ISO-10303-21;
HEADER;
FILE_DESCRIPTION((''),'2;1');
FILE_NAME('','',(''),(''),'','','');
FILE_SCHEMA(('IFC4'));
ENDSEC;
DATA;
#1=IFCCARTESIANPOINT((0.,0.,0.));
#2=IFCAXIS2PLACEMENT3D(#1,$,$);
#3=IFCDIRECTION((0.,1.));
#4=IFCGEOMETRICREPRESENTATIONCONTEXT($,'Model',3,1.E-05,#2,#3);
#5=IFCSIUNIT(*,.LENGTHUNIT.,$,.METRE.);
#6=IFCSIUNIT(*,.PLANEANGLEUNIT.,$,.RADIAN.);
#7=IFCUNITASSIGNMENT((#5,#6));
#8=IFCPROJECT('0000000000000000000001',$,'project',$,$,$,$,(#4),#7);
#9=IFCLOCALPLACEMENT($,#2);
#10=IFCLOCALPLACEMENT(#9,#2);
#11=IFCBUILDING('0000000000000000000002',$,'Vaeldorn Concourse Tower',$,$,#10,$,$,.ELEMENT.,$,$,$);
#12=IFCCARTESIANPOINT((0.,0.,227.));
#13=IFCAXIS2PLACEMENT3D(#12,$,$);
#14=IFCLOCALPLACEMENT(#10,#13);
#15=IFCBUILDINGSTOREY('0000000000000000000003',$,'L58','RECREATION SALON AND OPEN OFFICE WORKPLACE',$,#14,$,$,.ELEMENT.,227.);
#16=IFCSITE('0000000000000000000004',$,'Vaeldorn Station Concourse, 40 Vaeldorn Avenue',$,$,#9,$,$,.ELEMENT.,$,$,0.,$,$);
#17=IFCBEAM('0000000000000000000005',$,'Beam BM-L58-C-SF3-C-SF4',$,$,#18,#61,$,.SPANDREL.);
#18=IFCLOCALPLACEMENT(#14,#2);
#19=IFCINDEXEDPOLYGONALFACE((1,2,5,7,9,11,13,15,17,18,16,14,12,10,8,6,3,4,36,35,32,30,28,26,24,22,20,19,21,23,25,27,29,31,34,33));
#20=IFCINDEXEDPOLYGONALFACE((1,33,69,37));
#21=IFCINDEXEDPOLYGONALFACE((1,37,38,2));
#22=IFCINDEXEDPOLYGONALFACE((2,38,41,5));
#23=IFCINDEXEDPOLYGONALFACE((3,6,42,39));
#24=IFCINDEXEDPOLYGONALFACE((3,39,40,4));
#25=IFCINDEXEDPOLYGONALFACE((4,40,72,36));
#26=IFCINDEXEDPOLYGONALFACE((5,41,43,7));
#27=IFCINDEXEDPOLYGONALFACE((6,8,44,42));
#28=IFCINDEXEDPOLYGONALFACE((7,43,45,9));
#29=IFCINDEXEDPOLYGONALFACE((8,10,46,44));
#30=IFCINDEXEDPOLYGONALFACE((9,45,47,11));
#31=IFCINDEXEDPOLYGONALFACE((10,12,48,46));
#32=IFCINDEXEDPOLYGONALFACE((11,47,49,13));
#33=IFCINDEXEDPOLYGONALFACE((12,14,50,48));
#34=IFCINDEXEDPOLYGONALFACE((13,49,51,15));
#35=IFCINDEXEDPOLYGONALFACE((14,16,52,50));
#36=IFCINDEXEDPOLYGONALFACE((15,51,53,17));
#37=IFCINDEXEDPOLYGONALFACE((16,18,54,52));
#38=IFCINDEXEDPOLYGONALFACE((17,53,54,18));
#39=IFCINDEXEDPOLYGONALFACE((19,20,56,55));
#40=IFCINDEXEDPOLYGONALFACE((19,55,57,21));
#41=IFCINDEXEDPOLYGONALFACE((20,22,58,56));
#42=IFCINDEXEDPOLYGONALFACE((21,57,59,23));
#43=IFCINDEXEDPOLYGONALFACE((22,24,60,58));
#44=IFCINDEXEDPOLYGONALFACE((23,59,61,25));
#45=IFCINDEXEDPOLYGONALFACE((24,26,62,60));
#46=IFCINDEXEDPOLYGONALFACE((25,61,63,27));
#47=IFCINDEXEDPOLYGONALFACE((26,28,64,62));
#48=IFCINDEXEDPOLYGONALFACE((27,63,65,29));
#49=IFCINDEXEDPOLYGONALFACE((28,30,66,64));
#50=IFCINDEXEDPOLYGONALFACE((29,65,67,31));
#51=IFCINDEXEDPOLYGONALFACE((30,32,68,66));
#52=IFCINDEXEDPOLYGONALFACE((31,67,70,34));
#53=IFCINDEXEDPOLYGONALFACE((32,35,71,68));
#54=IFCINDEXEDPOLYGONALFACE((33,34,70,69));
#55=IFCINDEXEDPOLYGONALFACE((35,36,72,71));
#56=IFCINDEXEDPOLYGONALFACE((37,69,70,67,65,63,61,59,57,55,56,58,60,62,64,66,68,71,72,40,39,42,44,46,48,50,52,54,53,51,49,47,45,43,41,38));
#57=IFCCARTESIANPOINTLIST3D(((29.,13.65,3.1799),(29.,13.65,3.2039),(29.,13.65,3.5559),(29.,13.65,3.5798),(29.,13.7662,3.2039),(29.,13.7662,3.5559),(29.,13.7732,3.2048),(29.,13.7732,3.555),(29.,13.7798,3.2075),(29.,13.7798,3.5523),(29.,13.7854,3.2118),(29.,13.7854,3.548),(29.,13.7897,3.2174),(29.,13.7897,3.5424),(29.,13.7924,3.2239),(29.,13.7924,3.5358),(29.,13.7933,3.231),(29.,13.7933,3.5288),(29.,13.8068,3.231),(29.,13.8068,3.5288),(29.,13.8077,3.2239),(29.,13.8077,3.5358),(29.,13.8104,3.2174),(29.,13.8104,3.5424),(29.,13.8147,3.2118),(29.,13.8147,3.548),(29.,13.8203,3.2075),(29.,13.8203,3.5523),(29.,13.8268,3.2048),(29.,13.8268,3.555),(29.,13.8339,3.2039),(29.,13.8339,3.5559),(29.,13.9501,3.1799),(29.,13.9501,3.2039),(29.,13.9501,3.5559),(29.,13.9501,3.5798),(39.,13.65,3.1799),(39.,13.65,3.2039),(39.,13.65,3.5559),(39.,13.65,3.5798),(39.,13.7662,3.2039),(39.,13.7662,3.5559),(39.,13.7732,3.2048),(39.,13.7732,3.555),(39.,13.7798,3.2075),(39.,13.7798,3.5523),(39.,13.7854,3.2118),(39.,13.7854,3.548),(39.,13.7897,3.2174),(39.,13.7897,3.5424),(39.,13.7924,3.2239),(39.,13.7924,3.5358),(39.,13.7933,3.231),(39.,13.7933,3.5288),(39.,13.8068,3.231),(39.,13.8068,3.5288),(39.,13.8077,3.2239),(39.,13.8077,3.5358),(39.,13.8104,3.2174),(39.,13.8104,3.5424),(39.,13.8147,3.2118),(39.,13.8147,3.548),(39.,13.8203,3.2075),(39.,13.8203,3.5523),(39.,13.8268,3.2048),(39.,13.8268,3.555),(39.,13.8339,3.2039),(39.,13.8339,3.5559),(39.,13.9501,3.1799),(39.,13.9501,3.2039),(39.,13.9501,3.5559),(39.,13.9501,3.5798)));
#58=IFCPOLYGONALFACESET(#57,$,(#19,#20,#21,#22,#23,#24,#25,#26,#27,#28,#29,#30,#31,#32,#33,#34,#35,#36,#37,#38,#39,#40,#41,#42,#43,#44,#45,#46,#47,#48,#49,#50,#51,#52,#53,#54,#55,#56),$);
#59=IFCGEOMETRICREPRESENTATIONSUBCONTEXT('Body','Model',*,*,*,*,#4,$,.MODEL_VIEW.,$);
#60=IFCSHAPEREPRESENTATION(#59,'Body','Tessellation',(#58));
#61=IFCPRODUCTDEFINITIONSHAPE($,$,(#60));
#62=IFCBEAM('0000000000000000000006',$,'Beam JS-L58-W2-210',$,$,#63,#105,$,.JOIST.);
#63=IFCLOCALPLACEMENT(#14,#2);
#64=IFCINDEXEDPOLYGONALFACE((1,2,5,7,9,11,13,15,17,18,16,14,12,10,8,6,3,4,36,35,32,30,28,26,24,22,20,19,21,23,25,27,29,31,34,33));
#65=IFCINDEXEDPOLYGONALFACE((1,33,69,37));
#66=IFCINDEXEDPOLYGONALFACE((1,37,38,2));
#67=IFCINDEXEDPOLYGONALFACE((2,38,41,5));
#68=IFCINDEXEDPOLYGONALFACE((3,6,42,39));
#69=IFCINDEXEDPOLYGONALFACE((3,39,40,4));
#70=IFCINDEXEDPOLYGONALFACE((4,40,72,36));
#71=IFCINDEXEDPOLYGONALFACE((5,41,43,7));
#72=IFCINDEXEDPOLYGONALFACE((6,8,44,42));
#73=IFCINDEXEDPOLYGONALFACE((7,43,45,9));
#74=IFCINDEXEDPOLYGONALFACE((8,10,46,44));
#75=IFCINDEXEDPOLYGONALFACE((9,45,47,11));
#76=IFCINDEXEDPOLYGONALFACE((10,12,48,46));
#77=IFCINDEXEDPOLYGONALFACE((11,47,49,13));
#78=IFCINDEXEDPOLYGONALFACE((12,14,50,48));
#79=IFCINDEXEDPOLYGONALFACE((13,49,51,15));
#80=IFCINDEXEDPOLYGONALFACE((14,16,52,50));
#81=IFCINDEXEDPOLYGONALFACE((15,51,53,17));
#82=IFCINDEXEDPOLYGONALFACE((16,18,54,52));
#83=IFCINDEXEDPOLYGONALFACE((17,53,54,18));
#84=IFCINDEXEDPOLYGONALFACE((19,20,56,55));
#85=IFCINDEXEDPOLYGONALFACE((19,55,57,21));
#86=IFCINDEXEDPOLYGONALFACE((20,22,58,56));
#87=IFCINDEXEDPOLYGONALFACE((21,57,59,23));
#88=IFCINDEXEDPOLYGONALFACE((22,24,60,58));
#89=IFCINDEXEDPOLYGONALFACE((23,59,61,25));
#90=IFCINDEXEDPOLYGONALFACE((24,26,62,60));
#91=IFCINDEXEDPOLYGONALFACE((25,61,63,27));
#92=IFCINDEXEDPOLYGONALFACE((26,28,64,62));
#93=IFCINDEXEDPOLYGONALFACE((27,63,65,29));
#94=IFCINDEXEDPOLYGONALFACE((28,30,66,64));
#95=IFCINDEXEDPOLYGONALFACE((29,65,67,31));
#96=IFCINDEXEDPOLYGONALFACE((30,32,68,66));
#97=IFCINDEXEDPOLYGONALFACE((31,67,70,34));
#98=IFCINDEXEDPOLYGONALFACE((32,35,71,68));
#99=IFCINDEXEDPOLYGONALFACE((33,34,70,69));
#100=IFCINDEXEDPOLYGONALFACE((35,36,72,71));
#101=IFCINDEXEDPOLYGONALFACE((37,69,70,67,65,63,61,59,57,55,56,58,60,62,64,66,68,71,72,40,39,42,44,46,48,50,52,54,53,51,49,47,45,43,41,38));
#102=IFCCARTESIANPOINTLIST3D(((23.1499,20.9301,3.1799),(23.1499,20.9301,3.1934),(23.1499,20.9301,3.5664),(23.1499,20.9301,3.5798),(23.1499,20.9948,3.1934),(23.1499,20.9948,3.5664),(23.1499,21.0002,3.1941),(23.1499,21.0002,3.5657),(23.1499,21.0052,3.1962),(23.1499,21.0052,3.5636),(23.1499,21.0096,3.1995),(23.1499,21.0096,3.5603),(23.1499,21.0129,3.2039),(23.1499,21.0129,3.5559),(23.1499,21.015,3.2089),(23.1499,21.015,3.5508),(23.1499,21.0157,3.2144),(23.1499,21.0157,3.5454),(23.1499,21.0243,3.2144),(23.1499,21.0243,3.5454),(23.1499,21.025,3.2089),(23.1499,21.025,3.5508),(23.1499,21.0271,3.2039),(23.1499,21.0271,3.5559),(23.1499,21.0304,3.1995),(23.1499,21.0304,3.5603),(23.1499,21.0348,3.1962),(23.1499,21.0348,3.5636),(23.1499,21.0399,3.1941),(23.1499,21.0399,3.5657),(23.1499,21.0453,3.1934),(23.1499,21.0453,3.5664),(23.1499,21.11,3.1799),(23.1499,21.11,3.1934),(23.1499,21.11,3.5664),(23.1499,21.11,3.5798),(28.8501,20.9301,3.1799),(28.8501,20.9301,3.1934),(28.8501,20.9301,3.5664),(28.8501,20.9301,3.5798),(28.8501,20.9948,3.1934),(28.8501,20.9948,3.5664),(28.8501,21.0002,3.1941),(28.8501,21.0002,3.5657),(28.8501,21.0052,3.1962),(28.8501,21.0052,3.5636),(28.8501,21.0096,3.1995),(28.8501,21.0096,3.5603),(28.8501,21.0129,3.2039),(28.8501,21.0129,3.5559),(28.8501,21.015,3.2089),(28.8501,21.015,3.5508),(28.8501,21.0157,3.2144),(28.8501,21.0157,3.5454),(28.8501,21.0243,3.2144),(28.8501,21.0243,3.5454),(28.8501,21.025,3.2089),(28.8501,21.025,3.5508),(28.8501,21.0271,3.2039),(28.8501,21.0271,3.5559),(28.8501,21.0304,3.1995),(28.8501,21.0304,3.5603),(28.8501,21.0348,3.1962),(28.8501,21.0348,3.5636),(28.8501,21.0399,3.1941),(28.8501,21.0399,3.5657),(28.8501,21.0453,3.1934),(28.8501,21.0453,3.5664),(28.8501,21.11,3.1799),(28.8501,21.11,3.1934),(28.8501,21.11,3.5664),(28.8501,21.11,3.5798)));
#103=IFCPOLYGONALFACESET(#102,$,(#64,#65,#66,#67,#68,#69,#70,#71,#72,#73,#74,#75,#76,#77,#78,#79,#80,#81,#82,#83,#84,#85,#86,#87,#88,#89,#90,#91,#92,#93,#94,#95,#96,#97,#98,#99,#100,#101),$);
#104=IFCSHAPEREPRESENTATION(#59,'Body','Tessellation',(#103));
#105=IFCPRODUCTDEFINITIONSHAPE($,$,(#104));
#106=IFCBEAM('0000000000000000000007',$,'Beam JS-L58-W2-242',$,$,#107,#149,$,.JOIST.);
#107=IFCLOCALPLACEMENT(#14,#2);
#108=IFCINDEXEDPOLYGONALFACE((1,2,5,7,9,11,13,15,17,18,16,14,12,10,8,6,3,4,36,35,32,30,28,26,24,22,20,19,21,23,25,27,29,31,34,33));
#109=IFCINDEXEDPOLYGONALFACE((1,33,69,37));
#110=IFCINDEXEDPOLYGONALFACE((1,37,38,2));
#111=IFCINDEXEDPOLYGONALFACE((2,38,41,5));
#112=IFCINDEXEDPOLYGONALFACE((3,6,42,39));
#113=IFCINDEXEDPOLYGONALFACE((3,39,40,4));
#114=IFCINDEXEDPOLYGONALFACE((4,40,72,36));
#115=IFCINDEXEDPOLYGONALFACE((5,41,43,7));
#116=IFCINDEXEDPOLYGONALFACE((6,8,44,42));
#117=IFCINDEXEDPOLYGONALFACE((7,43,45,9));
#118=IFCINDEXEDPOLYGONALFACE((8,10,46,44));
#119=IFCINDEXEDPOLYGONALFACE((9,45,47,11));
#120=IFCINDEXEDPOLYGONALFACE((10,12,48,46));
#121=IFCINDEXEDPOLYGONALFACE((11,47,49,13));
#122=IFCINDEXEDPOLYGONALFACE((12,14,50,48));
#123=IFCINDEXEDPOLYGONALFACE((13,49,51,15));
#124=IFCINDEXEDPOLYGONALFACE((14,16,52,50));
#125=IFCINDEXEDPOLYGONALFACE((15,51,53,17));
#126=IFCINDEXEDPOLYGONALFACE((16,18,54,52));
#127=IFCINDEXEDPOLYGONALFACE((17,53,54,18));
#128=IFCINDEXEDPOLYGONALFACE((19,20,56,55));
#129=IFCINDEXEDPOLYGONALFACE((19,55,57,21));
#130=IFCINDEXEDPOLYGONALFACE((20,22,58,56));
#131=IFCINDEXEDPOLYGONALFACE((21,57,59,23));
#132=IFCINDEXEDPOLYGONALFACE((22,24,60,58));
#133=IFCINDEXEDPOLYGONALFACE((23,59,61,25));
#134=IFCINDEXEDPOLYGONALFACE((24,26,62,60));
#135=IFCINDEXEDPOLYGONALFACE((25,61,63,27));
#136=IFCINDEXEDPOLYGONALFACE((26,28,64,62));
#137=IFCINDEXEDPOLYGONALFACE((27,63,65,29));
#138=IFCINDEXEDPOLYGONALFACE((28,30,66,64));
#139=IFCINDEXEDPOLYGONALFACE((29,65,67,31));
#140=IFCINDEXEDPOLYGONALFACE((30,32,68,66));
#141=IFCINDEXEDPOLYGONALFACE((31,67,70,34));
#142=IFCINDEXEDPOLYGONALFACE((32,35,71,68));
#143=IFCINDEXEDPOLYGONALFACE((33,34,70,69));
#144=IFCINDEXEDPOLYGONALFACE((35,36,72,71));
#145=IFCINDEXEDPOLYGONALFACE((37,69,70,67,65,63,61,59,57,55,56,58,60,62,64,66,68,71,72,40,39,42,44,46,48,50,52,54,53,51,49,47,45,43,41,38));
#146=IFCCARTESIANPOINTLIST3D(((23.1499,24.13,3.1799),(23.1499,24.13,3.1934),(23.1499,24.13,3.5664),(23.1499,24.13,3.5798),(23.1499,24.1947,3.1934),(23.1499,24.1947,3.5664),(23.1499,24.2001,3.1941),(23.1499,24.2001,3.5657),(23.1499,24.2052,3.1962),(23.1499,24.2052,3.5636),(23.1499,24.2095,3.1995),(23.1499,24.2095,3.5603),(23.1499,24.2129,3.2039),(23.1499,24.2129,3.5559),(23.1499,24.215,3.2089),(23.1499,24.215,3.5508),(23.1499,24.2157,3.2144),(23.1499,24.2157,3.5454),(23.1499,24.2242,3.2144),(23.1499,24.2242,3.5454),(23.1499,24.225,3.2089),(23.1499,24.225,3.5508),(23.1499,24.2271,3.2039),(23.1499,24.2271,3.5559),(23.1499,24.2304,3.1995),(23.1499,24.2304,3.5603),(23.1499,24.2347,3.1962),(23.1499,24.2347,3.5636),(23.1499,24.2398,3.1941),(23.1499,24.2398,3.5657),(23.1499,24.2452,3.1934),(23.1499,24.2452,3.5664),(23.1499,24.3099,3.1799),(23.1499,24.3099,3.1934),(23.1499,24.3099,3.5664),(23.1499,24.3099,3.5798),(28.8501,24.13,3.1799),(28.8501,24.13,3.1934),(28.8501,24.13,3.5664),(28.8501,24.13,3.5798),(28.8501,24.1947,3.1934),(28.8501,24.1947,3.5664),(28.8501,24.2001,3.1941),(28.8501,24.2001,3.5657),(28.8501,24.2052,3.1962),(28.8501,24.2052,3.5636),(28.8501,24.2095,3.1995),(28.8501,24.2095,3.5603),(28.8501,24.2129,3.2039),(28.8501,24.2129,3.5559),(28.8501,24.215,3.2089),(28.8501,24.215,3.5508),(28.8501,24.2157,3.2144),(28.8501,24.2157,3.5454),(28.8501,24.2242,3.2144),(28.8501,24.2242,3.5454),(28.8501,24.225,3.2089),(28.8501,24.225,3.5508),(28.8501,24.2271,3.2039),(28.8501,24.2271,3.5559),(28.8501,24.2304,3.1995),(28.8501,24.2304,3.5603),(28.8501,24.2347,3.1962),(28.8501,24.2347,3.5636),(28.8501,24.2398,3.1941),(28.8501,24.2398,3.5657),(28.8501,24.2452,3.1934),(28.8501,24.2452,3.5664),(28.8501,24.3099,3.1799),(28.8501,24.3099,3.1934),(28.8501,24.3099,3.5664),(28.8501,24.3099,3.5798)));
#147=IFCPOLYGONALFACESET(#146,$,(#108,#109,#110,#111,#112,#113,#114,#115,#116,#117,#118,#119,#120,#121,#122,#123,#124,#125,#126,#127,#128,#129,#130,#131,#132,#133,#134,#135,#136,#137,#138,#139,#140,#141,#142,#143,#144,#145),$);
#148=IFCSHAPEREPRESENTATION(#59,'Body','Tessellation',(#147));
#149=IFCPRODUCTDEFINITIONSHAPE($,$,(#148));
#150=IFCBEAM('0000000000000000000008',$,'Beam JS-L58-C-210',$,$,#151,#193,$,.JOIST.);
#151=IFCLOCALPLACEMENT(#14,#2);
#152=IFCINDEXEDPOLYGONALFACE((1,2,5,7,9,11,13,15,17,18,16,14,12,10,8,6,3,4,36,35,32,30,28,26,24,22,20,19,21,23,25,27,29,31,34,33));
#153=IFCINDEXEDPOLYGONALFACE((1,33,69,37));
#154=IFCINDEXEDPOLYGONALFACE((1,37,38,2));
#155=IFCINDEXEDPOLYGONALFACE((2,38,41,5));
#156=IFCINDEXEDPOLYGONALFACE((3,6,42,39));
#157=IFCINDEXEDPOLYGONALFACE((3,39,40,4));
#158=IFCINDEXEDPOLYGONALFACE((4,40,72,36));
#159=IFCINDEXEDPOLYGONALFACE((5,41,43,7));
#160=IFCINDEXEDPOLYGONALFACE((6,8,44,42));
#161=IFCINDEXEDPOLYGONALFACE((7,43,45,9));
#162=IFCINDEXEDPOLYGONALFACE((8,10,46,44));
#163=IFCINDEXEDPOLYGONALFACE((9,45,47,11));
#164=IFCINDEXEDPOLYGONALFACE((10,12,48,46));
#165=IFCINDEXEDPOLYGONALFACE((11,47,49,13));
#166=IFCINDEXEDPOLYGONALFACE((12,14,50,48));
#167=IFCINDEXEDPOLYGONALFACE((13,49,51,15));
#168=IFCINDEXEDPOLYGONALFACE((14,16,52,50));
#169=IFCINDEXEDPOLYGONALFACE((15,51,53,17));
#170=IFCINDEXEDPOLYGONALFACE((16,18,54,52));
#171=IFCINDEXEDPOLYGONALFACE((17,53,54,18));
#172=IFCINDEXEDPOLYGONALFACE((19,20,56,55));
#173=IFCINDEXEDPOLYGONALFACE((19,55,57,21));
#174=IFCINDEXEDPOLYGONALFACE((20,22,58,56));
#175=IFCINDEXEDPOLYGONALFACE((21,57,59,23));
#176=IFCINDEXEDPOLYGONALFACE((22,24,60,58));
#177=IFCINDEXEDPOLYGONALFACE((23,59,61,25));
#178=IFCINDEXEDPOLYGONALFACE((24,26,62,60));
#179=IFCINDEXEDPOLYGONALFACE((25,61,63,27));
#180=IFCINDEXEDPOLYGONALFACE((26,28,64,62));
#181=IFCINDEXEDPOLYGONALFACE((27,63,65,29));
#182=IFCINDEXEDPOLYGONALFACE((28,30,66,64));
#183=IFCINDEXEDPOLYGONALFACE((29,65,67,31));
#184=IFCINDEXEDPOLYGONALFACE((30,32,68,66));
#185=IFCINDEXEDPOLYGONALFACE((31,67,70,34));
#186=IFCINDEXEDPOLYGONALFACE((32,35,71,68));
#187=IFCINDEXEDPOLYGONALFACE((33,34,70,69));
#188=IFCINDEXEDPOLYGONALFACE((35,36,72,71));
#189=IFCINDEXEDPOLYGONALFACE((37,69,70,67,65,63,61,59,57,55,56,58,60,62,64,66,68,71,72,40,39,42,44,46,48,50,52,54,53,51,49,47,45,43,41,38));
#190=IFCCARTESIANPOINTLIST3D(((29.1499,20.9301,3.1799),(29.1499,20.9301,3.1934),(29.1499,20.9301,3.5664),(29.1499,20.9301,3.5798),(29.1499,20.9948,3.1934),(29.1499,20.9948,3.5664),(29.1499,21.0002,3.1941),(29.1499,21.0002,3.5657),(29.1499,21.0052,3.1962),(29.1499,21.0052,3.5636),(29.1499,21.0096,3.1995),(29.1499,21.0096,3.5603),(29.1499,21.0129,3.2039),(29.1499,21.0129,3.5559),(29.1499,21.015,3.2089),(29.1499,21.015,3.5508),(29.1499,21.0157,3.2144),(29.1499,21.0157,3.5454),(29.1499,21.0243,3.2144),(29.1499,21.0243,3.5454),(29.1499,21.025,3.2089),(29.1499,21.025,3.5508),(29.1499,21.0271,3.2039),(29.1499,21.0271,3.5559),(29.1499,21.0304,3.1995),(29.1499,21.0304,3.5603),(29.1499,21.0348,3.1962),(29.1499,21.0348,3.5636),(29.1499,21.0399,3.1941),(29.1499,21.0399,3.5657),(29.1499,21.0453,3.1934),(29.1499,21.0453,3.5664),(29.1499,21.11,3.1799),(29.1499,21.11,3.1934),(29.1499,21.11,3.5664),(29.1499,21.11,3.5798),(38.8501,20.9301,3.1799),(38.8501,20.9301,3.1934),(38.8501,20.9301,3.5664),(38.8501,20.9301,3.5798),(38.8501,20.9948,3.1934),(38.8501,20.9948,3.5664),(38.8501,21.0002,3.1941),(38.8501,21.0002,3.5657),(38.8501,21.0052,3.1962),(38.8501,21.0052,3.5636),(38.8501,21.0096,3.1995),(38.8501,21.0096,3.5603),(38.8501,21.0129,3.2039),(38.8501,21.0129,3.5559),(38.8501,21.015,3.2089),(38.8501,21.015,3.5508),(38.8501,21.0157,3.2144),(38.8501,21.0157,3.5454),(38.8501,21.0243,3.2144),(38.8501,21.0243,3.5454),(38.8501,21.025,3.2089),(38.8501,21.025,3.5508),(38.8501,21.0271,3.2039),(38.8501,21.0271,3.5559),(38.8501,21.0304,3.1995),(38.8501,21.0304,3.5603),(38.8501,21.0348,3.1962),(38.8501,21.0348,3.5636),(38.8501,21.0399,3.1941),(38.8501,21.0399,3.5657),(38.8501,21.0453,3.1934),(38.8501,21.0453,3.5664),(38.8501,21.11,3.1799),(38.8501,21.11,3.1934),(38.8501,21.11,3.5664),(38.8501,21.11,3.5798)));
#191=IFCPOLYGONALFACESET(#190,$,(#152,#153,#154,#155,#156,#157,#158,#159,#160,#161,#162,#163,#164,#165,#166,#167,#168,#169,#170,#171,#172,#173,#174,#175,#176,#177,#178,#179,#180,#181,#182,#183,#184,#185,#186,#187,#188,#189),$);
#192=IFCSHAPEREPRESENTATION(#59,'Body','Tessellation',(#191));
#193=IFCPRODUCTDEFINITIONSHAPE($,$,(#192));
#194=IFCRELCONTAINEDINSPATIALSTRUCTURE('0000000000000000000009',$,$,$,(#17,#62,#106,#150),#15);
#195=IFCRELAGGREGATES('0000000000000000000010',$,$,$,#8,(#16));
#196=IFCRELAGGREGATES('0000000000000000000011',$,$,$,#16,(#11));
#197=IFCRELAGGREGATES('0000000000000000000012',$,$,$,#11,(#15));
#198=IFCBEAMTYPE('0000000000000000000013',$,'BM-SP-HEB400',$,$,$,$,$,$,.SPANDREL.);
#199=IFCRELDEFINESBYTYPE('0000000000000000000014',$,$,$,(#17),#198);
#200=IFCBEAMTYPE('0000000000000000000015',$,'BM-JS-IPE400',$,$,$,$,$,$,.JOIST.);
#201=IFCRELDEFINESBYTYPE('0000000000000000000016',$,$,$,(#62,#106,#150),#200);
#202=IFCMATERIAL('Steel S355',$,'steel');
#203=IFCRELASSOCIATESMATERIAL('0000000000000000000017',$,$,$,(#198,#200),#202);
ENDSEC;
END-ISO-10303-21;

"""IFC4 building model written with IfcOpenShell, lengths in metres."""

from ifc_helpers import new_model, si_unit, direction, frame, origin, origin_2d, place, context, subcontext, project, spatial, i_section, extrude, source, transform, mapped, material, material_profile, profile_set, type_object, element, save


model = new_model("IFC4")

# Units and contexts
model_context = context("Model", 3, precision=1e-05, world=origin(), true_north=direction((0.0, 1.0)))
body_context = subcontext(model_context, "Body", "Model", "MODEL_VIEW")
ifc_project = project(units=[si_unit("LENGTHUNIT", "METRE"), si_unit("PLANEANGLEUNIT", "RADIAN")], contexts=[model_context])

# Site, building, storey
site_placement = place(None, origin())
site = spatial("IfcSite", under=ifc_project, at=site_placement, Name="Vaeldorn Station Concourse, 40 Vaeldorn Avenue", CompositionType="ELEMENT", RefElevation=0.0)
building_placement = place(site_placement, origin())
building = spatial("IfcBuilding", under=site, at=building_placement, Name="Vaeldorn Concourse Tower", CompositionType="ELEMENT")
storey_placement = place(building_placement, frame((0.0, 0.0, 227.0)))
storey = spatial("IfcBuildingStorey", under=building, at=storey_placement, Name="L58", Description="RECREATION SALON AND OPEN OFFICE WORKPLACE", CompositionType="ELEMENT", Elevation=227.0)

# Shared definitions
ifc_material_1 = material(Name="Steel S355", Category="steel")

# Beams
ifc_material_profile_1 = material_profile(ifc_material_1, i_section(OverallWidth=0.3, OverallDepth=0.3999, WebThickness=0.0134, FlangeThickness=0.0239, FilletRadius=0.0271, at=origin_2d()), Name="HEB 400")
ifc_profile_set_1 = profile_set([ifc_material_profile_1], Name="Steel S355")
beam_type_1 = type_object("IfcBeamType", Name="BM-SP-HEB400", PredefinedType="SPANDREL", material=ifc_profile_set_1)
shared_shape_1 = source(origin(), body_context, "Body", "SweptSolid", [
    extrude(i_section(OverallWidth=0.3, OverallDepth=0.3999, WebThickness=0.0134, FlangeThickness=0.0239, FilletRadius=0.0271, at=origin_2d()), origin(), (0.0, 0.0, 1.0), 10.0),
])
beam_1_placement = place(storey_placement, frame((29.0, 13.8, 3.3799), z_axis=(1.0, 0.0, 0.0), x_axis=(0.0, 1.0, 0.0)))
element("IfcBeam", 1, at=beam_1_placement, inside=storey, type_object=beam_type_1, Name="Beam BM-L58-C-SF3-C-SF4", PredefinedType="SPANDREL", context=body_context, shape_type="MappedRepresentation", body=[
    mapped(shared_shape_1, transform((0.0, 0.0, 0.0), scale=1.0)),
])
ifc_material_profile_2 = material_profile(ifc_material_1, i_section(OverallWidth=0.1799, OverallDepth=0.3999, WebThickness=0.0085, FlangeThickness=0.0134, FilletRadius=0.021, at=origin_2d()), Name="IPE 400")
ifc_profile_set_2 = profile_set([ifc_material_profile_2], Name="Steel S355")
beam_type_2 = type_object("IfcBeamType", Name="BM-JS-IPE400", PredefinedType="JOIST", material=ifc_profile_set_2)
shared_shape_2 = source(origin(), body_context, "Body", "SweptSolid", [
    extrude(i_section(OverallWidth=0.1799, OverallDepth=0.3999, WebThickness=0.0085, FlangeThickness=0.0134, FilletRadius=0.021, at=origin_2d()), origin(), (0.0, 0.0, 1.0), 5.7002),
])
for number, where, z_axis, x_axis, name in (
    (2, (23.1499, 21.02, 3.3799), (1.0, 0.0, 0.0), (0.0, 1.0, 0.0), "Beam JS-L58-W2-210"),
    (3, (23.1499, 24.22, 3.3799), (1.0, 0.0, 0.0), (0.0, 1.0, 0.0), "Beam JS-L58-W2-242"),
):
    element("IfcBeam", number, at=place(storey_placement, frame(where, z_axis=z_axis, x_axis=x_axis)), inside=storey, type_object=beam_type_2, Name=name, PredefinedType="JOIST", context=body_context, shape_type="MappedRepresentation", body=[
        mapped(shared_shape_2, transform((0.0, 0.0, 0.0), scale=1.0)),
    ])
shared_shape_3 = source(origin(), body_context, "Body", "SweptSolid", [
    extrude(i_section(OverallWidth=0.1799, OverallDepth=0.3999, WebThickness=0.0085, FlangeThickness=0.0134, FilletRadius=0.021, at=origin_2d()), origin(), (0.0, 0.0, 1.0), 9.7002),
])
for number, where, z_axis, x_axis, name in (
    (4, (29.1499, 21.02, 3.3799), (1.0, 0.0, 0.0), (0.0, 1.0, 0.0), "Beam JS-L58-C-210"),
):
    element("IfcBeam", number, at=place(storey_placement, frame(where, z_axis=z_axis, x_axis=x_axis)), inside=storey, type_object=beam_type_2, Name=name, PredefinedType="JOIST", context=body_context, shape_type="MappedRepresentation", body=[
        mapped(shared_shape_3, transform((0.0, 0.0, 0.0), scale=1.0)),
    ])

save(model, "model.ifc")
